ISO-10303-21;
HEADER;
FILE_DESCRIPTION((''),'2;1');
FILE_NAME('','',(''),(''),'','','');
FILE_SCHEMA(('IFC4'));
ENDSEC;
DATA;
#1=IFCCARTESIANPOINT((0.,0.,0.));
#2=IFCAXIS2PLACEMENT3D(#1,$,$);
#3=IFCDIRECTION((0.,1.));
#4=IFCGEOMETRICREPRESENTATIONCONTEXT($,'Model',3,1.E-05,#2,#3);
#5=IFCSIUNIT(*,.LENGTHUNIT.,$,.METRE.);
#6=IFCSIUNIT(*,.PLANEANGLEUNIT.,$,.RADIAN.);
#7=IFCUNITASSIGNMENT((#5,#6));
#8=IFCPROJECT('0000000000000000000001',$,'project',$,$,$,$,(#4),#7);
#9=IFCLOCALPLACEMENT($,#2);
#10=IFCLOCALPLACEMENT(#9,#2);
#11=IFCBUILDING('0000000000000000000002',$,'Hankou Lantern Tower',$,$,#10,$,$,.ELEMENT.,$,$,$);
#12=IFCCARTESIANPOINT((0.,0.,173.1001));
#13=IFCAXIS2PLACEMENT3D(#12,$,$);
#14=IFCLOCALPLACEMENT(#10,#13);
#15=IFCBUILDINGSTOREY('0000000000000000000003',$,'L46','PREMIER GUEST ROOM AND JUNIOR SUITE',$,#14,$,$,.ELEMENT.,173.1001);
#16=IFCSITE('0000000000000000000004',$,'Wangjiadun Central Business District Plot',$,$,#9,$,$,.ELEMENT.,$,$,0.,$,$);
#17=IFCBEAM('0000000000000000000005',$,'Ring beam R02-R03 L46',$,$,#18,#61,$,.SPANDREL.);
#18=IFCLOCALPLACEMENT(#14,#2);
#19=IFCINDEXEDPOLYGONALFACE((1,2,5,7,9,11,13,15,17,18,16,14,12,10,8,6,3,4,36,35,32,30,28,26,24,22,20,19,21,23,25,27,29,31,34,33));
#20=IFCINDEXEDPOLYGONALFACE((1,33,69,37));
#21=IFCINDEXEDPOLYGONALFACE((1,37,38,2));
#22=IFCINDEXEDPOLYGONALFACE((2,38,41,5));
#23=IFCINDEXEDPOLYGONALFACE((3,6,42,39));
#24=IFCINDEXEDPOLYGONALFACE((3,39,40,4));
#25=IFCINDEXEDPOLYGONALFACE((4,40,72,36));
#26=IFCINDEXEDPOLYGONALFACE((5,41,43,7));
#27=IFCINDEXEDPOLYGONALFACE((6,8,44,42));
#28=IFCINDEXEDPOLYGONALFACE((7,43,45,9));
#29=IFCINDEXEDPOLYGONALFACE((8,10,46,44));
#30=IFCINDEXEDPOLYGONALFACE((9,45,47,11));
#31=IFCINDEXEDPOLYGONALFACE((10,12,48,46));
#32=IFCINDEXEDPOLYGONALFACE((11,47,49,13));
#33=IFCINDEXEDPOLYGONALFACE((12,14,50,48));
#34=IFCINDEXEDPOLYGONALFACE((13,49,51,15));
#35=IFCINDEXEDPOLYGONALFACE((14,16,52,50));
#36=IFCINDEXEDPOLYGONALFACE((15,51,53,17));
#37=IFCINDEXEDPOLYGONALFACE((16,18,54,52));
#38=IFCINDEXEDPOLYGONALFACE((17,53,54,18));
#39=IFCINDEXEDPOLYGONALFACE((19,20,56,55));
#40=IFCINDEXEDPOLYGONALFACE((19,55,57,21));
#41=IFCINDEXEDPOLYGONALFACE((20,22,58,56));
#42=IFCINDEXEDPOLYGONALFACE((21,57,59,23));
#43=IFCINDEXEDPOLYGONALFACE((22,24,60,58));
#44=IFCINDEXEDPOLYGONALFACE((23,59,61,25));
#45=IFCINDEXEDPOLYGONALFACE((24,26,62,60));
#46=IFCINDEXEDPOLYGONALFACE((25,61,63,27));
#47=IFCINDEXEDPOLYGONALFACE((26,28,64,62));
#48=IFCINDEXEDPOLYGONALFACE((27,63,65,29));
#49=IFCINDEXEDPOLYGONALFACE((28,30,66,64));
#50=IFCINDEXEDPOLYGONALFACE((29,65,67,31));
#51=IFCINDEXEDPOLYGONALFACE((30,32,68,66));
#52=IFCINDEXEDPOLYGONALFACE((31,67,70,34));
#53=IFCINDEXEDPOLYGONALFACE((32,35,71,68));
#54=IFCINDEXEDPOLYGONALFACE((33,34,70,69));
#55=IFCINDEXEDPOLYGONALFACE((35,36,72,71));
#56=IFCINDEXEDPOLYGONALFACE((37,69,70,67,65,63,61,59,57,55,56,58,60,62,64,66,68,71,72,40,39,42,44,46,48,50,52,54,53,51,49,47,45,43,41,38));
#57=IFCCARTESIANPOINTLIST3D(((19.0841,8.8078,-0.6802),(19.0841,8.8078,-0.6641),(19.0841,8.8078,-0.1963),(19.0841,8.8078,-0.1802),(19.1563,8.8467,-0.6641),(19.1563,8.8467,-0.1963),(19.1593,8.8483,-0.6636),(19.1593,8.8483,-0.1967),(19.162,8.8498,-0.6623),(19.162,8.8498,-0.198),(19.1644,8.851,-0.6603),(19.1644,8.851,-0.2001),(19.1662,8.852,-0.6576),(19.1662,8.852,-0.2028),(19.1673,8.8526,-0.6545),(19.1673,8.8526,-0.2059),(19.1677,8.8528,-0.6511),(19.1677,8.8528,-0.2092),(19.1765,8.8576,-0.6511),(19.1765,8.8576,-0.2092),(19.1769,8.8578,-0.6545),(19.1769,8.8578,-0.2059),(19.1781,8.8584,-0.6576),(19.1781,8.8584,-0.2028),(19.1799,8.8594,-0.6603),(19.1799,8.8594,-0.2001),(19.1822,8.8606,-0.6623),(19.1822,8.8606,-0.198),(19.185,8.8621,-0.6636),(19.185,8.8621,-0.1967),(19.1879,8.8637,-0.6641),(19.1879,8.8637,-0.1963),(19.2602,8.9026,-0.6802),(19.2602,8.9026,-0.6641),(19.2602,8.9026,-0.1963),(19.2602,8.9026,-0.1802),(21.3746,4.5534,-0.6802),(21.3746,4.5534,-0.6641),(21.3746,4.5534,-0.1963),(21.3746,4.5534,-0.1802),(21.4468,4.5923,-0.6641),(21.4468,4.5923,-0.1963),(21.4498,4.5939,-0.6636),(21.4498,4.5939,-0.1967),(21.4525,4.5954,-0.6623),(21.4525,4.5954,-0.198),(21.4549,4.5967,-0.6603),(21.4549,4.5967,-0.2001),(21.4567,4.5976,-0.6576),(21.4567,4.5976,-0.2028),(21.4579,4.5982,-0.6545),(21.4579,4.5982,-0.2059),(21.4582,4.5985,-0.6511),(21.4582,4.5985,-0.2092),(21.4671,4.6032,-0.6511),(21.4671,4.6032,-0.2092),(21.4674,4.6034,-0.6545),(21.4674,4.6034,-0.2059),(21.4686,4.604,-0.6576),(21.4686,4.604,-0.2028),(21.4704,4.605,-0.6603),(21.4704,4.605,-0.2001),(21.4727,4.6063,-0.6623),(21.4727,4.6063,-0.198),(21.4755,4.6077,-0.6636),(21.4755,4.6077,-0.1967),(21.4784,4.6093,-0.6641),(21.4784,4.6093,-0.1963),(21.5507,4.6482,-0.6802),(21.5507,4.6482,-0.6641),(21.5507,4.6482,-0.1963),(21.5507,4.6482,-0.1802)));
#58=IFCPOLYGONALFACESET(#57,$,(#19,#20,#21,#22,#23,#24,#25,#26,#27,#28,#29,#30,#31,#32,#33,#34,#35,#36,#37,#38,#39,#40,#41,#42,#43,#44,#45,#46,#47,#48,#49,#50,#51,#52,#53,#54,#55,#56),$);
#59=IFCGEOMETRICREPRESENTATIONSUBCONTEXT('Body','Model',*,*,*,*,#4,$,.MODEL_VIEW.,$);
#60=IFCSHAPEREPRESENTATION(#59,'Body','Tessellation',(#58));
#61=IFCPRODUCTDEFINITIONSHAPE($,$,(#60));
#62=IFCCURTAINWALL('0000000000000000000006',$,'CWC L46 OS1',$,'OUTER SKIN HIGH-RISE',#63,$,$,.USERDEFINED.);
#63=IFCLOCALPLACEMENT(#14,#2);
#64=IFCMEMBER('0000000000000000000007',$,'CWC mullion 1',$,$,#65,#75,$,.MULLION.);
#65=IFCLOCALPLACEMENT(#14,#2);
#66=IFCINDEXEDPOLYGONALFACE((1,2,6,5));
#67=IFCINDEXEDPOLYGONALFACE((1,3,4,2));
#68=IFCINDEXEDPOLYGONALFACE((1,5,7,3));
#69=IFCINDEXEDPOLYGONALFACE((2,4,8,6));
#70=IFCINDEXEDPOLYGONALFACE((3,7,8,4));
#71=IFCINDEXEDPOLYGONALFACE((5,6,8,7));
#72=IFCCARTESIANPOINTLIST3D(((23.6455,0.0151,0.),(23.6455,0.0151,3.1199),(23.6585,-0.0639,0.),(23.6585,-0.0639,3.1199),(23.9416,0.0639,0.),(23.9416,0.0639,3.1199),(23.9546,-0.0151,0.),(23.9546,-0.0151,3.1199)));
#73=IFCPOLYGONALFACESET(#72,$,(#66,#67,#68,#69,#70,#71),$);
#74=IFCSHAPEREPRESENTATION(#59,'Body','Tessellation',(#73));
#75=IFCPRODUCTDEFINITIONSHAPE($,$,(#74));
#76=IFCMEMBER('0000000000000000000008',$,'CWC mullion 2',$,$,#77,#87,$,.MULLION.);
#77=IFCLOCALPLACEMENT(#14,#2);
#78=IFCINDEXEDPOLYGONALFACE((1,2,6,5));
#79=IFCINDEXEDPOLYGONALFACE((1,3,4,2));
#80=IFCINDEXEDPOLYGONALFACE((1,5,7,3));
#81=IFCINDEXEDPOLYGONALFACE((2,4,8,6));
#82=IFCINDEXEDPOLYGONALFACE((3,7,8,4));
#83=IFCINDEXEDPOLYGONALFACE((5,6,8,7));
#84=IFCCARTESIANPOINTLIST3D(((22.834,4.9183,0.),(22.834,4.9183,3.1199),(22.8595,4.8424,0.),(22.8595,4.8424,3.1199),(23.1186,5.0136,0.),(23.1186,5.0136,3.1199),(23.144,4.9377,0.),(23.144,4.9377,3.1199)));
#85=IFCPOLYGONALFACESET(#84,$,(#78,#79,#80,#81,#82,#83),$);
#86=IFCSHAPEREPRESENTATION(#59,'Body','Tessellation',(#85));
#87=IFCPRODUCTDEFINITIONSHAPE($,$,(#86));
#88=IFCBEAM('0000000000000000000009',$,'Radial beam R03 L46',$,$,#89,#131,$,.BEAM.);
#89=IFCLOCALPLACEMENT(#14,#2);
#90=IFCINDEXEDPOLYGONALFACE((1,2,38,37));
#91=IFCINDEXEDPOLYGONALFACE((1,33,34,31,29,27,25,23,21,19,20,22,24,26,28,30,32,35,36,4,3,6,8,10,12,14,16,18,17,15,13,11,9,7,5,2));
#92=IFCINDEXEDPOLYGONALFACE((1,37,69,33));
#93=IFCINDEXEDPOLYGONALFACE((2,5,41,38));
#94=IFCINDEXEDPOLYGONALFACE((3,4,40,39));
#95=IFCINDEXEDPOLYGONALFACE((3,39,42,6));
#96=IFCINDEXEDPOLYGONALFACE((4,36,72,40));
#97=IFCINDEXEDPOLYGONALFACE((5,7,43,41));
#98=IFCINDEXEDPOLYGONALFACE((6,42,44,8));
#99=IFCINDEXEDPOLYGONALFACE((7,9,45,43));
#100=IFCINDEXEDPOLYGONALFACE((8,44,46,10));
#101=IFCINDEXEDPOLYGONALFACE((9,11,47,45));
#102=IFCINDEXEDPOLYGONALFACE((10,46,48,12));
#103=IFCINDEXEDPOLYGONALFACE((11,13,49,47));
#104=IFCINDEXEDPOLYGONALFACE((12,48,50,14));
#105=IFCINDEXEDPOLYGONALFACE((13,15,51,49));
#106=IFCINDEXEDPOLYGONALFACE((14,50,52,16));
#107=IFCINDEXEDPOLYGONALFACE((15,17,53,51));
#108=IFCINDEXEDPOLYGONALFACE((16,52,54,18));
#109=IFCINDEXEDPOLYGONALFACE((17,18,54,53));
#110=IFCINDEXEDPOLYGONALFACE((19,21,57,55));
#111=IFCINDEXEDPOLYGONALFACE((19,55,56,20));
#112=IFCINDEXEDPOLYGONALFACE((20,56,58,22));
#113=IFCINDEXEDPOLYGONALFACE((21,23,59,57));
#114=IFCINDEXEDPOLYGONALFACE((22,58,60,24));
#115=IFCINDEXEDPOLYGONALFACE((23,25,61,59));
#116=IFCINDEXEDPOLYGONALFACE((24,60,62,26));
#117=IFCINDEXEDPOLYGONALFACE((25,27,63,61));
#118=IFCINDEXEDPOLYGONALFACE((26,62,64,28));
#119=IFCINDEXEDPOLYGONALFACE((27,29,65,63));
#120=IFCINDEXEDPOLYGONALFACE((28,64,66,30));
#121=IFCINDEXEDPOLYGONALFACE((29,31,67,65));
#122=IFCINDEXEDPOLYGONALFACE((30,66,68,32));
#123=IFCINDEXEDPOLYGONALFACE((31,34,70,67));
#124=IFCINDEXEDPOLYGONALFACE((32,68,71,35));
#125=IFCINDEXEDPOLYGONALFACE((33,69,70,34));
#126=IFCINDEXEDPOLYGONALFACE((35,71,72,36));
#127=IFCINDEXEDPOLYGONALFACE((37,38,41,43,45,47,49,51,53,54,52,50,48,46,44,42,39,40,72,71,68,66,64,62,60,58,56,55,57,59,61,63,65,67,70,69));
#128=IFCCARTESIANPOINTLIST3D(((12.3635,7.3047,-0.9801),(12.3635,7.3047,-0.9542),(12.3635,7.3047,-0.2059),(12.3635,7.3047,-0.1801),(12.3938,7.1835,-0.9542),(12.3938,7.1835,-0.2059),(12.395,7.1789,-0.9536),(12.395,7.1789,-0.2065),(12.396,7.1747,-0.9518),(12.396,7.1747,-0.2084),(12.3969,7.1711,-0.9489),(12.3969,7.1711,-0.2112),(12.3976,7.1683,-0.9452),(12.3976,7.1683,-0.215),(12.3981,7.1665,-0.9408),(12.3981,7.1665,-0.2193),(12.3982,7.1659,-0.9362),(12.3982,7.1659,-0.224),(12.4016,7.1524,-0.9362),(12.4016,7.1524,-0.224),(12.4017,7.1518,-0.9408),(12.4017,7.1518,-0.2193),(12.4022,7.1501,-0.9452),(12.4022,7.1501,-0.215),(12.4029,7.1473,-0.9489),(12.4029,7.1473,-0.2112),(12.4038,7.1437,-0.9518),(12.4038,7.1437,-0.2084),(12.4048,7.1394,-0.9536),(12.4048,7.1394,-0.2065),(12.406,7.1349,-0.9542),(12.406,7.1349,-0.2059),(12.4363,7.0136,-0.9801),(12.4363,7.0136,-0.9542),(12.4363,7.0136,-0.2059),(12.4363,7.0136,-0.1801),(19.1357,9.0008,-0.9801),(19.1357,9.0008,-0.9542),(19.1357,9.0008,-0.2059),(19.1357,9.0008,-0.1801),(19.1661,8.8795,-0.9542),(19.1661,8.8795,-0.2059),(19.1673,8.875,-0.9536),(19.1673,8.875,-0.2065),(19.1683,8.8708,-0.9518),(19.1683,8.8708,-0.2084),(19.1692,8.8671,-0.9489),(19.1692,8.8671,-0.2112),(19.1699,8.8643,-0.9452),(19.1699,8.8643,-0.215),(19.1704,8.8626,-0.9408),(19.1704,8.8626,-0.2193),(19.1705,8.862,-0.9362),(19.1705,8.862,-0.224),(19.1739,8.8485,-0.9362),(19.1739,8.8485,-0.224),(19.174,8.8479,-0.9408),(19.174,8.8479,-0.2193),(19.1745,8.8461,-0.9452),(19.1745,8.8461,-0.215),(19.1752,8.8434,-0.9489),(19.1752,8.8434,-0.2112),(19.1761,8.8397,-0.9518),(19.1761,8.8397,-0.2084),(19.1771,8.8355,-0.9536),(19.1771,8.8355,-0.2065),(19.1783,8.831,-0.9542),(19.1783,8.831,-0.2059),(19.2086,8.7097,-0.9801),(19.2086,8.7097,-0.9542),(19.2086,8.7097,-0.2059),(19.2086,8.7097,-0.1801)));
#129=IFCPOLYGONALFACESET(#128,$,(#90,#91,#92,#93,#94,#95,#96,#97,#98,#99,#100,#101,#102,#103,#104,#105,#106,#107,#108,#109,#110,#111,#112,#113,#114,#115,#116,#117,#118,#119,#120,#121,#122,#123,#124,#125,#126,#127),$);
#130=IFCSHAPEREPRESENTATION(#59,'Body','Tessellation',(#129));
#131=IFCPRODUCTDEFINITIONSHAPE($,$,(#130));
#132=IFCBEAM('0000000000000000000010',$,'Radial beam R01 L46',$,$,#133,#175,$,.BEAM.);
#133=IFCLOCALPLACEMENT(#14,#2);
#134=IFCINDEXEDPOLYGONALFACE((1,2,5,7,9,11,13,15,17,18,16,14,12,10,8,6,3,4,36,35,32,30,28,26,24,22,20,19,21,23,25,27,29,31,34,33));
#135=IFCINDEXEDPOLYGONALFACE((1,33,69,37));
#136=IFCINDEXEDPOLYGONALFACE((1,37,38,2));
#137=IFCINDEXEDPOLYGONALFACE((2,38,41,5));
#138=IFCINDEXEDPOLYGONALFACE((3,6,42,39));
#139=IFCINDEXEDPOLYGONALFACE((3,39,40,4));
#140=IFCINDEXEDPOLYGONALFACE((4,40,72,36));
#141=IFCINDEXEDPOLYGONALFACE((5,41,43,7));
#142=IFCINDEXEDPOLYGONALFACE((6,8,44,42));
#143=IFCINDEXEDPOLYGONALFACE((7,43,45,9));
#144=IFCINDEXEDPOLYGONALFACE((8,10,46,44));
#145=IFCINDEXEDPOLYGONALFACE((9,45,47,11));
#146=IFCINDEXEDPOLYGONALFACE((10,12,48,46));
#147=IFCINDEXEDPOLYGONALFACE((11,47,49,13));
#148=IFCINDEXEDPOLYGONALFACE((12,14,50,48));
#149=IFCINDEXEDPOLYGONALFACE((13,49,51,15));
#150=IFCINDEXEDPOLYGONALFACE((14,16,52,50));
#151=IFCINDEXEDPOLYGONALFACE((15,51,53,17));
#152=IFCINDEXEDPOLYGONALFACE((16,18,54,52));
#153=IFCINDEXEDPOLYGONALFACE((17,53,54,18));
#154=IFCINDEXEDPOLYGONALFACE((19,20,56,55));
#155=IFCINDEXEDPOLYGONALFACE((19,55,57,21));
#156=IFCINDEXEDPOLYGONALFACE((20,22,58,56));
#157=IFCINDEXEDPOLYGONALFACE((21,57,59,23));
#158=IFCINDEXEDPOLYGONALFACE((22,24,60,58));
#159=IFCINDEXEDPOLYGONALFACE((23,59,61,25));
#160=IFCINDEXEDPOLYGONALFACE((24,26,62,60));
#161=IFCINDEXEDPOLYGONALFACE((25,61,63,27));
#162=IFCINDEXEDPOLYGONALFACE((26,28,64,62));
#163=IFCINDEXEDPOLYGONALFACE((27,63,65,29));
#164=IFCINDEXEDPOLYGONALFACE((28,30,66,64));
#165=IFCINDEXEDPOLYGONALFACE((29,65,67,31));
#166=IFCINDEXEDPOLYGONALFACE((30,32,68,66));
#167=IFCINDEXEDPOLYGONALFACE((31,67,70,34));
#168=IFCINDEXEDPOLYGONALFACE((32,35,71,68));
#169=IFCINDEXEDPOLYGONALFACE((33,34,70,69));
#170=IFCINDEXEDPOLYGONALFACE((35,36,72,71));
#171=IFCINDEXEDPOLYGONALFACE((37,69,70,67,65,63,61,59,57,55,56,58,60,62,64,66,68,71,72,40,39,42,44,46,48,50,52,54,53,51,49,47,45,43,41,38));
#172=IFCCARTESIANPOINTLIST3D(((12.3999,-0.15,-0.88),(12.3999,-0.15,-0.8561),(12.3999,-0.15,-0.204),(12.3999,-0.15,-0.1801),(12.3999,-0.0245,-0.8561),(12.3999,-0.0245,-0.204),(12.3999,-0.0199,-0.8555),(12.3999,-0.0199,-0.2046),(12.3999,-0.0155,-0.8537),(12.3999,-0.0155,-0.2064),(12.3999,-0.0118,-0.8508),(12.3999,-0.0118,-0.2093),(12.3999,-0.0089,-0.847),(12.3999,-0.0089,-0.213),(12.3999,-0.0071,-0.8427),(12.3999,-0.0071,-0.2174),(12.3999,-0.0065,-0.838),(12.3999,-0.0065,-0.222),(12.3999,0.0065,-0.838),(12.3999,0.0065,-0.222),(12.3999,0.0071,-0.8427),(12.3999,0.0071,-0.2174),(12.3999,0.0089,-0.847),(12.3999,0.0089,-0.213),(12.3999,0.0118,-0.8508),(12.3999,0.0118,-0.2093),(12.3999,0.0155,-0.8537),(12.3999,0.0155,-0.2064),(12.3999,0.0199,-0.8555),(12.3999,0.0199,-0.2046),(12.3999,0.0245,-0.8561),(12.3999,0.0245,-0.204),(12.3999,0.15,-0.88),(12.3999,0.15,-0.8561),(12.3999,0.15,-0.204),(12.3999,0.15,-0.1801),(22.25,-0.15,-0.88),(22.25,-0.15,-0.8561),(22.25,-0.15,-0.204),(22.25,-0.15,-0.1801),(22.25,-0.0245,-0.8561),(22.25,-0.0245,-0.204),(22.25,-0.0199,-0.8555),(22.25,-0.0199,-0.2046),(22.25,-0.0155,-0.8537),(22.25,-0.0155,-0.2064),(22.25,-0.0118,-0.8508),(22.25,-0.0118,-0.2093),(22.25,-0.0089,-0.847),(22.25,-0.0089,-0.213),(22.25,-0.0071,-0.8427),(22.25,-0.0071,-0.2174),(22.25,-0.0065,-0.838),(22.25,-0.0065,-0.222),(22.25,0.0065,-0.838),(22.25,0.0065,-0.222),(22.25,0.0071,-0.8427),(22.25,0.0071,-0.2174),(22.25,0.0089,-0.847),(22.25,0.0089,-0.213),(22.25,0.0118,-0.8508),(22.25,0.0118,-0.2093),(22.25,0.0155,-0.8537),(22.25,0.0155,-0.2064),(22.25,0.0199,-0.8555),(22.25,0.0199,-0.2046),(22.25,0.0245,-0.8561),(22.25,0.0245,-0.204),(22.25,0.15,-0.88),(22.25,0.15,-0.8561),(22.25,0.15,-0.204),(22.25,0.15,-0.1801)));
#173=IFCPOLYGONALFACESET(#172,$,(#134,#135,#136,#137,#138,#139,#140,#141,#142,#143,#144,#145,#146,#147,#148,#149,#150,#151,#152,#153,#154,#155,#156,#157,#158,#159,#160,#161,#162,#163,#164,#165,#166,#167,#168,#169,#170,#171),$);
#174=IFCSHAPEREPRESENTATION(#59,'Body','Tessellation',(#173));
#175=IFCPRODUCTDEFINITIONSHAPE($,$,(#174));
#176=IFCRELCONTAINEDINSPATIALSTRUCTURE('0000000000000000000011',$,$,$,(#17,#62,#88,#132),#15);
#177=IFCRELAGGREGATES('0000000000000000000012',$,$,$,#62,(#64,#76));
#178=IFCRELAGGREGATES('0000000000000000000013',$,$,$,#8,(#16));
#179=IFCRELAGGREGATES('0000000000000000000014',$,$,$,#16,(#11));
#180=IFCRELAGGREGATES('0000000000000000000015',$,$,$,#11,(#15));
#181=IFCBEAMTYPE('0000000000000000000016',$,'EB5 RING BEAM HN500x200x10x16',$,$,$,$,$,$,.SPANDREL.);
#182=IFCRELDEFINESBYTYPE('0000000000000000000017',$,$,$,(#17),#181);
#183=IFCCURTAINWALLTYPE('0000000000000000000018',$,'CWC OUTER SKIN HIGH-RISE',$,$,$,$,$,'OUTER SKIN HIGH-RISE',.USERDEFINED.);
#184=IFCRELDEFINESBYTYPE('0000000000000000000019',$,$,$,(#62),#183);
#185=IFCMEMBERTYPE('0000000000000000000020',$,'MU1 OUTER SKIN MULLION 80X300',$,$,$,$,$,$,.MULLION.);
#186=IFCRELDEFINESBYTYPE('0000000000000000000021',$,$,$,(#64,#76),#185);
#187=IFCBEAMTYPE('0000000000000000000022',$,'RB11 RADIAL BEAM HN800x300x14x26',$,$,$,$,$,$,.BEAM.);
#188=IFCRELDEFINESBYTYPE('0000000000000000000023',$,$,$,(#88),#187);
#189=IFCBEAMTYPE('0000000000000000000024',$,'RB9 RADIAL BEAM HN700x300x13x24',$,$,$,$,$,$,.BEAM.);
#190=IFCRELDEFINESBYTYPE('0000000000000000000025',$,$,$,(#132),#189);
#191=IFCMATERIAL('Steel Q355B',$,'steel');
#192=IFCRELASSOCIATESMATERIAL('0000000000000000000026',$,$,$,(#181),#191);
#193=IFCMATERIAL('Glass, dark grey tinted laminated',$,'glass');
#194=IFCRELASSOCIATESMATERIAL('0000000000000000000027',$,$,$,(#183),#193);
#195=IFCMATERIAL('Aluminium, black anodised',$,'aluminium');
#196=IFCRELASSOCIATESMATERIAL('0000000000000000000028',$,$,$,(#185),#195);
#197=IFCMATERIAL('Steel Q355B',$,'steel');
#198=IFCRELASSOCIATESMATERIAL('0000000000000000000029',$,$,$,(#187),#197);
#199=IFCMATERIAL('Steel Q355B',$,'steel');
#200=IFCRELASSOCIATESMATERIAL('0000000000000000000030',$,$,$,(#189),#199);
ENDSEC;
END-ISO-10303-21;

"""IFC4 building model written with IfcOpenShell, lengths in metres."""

from ifc_helpers import new_model, si_unit, direction, frame, origin, origin_2d, place, context, subcontext, project, spatial, rectangle, i_section, extrude, material, material_profile, profile_set, type_object, element, aggregate, save


model = new_model("IFC4")

# Units and contexts
model_context = context("Model", 3, precision=1e-05, world=origin(), true_north=direction((0.0, 1.0)))
body_context = subcontext(model_context, "Body", "Model", "MODEL_VIEW")
ifc_project = project(units=[si_unit("LENGTHUNIT", "METRE"), si_unit("PLANEANGLEUNIT", "RADIAN")], contexts=[model_context])

# Site, building, storey
site_placement = place(None, origin())
site = spatial("IfcSite", under=ifc_project, at=site_placement, Name="Wangjiadun Central Business District Plot", CompositionType="ELEMENT", RefElevation=0.0)
building_placement = place(site_placement, origin())
building = spatial("IfcBuilding", under=site, at=building_placement, Name="Hankou Lantern Tower", CompositionType="ELEMENT")
storey_placement = place(building_placement, frame((0.0, 0.0, 173.1001)))
storey = spatial("IfcBuildingStorey", under=building, at=storey_placement, Name="L46", Description="PREMIER GUEST ROOM AND JUNIOR SUITE", CompositionType="ELEMENT", Elevation=173.1001)

# Beam
ifc_material_1 = material(Name="Steel Q355B", Category="steel")
ifc_material_profile_1 = material_profile(ifc_material_1, i_section(OverallWidth=0.2, OverallDepth=0.5, WebThickness=0.01, FlangeThickness=0.0161, FilletRadius=0.0129, at=origin_2d()), Name="HN500x200x10x16")
ifc_profile_set_1 = profile_set([ifc_material_profile_1], Name="Steel Q355B")
beam_type_1 = type_object("IfcBeamType", Name="EB5 RING BEAM HN500x200x10x16", PredefinedType="SPANDREL", material=ifc_profile_set_1)
beam_1_placement = place(storey_placement, frame((21.4626, 4.6008, -0.4302), z_axis=(-0.474052, 0.880497, 0.0), x_axis=(-0.880497, -0.474052, 0.0)))
element("IfcBeam", 1, at=beam_1_placement, inside=storey, type_object=beam_type_1, Name="Ring beam R02-R03 L46", PredefinedType="SPANDREL", context=body_context, shape_type="SweptSolid", body=[
    extrude(i_section(OverallWidth=0.2, OverallDepth=0.5, WebThickness=0.01, FlangeThickness=0.0161, FilletRadius=0.0129, at=origin_2d()), origin(), (0.0, 0.0, 1.0), 4.8318),
])

# Curtain wall, members
ifc_material_2 = material(Name="Glass, dark grey tinted laminated", Category="glass")
curtain_wall_type = type_object("IfcCurtainWallType", Name="CWC OUTER SKIN HIGH-RISE", ElementType="OUTER SKIN HIGH-RISE", PredefinedType="USERDEFINED", material=ifc_material_2)
curtain_wall_placement = place(storey_placement, origin())
curtain_wall = element("IfcCurtainWall", 2, at=curtain_wall_placement, inside=storey, type_object=curtain_wall_type, Name="CWC L46 OS1", ObjectType="OUTER SKIN HIGH-RISE", PredefinedType="USERDEFINED")
ifc_material_3 = material(Name="Aluminium, black anodised", Category="aluminium")
ifc_material_profile_2 = material_profile(ifc_material_3, rectangle(XDim=0.0801, YDim=0.3, at=origin_2d()), Name="MU1 80X300")
ifc_profile_set_2 = profile_set([ifc_material_profile_2], Name="Aluminium, black anodised")
member_type_1 = type_object("IfcMemberType", Name="MU1 OUTER SKIN MULLION 80X300", PredefinedType="MULLION", material=ifc_profile_set_2)
member_1_placement = place(storey_placement, frame((23.8, 0.0, 0.0), z_axis=(0.0, 0.0, 1.0), x_axis=(-0.162382, 0.986728, 0.0)))
member_1 = element("IfcMember", 3, at=member_1_placement, type_object=member_type_1, Name="CWC mullion 1", PredefinedType="MULLION", context=body_context, shape_type="SweptSolid", body=[
    extrude(rectangle(XDim=0.0801, YDim=0.3, at=origin_2d()), origin(), (0.0, 0.0, 1.0), 3.1199),
])
member_2_placement = place(storey_placement, frame((22.989, 4.928, 0.0), z_axis=(0.0, 0.0, 1.0), x_axis=(-0.317596, 0.948226, 0.0)))
member_2 = element("IfcMember", 4, at=member_2_placement, type_object=member_type_1, Name="CWC mullion 2", PredefinedType="MULLION", context=body_context, shape_type="SweptSolid", body=[
    extrude(rectangle(XDim=0.0801, YDim=0.3, at=origin_2d()), origin(), (0.0, 0.0, 1.0), 3.1199),
])

# Beams
ifc_material_4 = material(Name="Steel Q355B", Category="steel")
ifc_material_profile_3 = material_profile(ifc_material_4, i_section(OverallWidth=0.3, OverallDepth=0.8, WebThickness=0.0139, FlangeThickness=0.0259, FilletRadius=0.0181, at=origin_2d()), Name="HN800x300x14x26")
ifc_profile_set_3 = profile_set([ifc_material_profile_3], Name="Steel Q355B")
beam_type_2 = type_object("IfcBeamType", Name="RB11 RADIAL BEAM HN800x300x14x26", PredefinedType="BEAM", material=ifc_profile_set_3)
beam_2_placement = place(storey_placement, frame((12.3999, 7.1592, -0.5801), z_axis=(0.970042, 0.242939, 0.0), x_axis=(-0.242939, 0.970042, 0.0)))
element("IfcBeam", 5, at=beam_2_placement, inside=storey, type_object=beam_type_2, Name="Radial beam R03 L46", PredefinedType="BEAM", context=body_context, shape_type="SweptSolid", body=[
    extrude(i_section(OverallWidth=0.3, OverallDepth=0.8, WebThickness=0.0139, FlangeThickness=0.0259, FilletRadius=0.0181, at=origin_2d()), origin(), (0.0, 0.0, 1.0), 6.9814),
])
ifc_material_5 = material(Name="Steel Q355B", Category="steel")
ifc_material_profile_4 = material_profile(ifc_material_5, i_section(OverallWidth=0.3, OverallDepth=0.7, WebThickness=0.0129, FlangeThickness=0.0239, FilletRadius=0.0181, at=origin_2d()), Name="HN700x300x13x24")
ifc_profile_set_4 = profile_set([ifc_material_profile_4], Name="Steel Q355B")
beam_type_3 = type_object("IfcBeamType", Name="RB9 RADIAL BEAM HN700x300x13x24", PredefinedType="BEAM", material=ifc_profile_set_4)
beam_3_placement = place(storey_placement, frame((12.3999, 0.0, -0.53), z_axis=(1.0, 0.0, 0.0), x_axis=(0.0, 1.0, 0.0)))
element("IfcBeam", 6, at=beam_3_placement, inside=storey, type_object=beam_type_3, Name="Radial beam R01 L46", PredefinedType="BEAM", context=body_context, shape_type="SweptSolid", body=[
    extrude(i_section(OverallWidth=0.3, OverallDepth=0.7, WebThickness=0.0129, FlangeThickness=0.0239, FilletRadius=0.0181, at=origin_2d()), origin(), (0.0, 0.0, 1.0), 9.8501),
])

aggregate(curtain_wall, [member_1, member_2])

save(model, "model.ifc")
